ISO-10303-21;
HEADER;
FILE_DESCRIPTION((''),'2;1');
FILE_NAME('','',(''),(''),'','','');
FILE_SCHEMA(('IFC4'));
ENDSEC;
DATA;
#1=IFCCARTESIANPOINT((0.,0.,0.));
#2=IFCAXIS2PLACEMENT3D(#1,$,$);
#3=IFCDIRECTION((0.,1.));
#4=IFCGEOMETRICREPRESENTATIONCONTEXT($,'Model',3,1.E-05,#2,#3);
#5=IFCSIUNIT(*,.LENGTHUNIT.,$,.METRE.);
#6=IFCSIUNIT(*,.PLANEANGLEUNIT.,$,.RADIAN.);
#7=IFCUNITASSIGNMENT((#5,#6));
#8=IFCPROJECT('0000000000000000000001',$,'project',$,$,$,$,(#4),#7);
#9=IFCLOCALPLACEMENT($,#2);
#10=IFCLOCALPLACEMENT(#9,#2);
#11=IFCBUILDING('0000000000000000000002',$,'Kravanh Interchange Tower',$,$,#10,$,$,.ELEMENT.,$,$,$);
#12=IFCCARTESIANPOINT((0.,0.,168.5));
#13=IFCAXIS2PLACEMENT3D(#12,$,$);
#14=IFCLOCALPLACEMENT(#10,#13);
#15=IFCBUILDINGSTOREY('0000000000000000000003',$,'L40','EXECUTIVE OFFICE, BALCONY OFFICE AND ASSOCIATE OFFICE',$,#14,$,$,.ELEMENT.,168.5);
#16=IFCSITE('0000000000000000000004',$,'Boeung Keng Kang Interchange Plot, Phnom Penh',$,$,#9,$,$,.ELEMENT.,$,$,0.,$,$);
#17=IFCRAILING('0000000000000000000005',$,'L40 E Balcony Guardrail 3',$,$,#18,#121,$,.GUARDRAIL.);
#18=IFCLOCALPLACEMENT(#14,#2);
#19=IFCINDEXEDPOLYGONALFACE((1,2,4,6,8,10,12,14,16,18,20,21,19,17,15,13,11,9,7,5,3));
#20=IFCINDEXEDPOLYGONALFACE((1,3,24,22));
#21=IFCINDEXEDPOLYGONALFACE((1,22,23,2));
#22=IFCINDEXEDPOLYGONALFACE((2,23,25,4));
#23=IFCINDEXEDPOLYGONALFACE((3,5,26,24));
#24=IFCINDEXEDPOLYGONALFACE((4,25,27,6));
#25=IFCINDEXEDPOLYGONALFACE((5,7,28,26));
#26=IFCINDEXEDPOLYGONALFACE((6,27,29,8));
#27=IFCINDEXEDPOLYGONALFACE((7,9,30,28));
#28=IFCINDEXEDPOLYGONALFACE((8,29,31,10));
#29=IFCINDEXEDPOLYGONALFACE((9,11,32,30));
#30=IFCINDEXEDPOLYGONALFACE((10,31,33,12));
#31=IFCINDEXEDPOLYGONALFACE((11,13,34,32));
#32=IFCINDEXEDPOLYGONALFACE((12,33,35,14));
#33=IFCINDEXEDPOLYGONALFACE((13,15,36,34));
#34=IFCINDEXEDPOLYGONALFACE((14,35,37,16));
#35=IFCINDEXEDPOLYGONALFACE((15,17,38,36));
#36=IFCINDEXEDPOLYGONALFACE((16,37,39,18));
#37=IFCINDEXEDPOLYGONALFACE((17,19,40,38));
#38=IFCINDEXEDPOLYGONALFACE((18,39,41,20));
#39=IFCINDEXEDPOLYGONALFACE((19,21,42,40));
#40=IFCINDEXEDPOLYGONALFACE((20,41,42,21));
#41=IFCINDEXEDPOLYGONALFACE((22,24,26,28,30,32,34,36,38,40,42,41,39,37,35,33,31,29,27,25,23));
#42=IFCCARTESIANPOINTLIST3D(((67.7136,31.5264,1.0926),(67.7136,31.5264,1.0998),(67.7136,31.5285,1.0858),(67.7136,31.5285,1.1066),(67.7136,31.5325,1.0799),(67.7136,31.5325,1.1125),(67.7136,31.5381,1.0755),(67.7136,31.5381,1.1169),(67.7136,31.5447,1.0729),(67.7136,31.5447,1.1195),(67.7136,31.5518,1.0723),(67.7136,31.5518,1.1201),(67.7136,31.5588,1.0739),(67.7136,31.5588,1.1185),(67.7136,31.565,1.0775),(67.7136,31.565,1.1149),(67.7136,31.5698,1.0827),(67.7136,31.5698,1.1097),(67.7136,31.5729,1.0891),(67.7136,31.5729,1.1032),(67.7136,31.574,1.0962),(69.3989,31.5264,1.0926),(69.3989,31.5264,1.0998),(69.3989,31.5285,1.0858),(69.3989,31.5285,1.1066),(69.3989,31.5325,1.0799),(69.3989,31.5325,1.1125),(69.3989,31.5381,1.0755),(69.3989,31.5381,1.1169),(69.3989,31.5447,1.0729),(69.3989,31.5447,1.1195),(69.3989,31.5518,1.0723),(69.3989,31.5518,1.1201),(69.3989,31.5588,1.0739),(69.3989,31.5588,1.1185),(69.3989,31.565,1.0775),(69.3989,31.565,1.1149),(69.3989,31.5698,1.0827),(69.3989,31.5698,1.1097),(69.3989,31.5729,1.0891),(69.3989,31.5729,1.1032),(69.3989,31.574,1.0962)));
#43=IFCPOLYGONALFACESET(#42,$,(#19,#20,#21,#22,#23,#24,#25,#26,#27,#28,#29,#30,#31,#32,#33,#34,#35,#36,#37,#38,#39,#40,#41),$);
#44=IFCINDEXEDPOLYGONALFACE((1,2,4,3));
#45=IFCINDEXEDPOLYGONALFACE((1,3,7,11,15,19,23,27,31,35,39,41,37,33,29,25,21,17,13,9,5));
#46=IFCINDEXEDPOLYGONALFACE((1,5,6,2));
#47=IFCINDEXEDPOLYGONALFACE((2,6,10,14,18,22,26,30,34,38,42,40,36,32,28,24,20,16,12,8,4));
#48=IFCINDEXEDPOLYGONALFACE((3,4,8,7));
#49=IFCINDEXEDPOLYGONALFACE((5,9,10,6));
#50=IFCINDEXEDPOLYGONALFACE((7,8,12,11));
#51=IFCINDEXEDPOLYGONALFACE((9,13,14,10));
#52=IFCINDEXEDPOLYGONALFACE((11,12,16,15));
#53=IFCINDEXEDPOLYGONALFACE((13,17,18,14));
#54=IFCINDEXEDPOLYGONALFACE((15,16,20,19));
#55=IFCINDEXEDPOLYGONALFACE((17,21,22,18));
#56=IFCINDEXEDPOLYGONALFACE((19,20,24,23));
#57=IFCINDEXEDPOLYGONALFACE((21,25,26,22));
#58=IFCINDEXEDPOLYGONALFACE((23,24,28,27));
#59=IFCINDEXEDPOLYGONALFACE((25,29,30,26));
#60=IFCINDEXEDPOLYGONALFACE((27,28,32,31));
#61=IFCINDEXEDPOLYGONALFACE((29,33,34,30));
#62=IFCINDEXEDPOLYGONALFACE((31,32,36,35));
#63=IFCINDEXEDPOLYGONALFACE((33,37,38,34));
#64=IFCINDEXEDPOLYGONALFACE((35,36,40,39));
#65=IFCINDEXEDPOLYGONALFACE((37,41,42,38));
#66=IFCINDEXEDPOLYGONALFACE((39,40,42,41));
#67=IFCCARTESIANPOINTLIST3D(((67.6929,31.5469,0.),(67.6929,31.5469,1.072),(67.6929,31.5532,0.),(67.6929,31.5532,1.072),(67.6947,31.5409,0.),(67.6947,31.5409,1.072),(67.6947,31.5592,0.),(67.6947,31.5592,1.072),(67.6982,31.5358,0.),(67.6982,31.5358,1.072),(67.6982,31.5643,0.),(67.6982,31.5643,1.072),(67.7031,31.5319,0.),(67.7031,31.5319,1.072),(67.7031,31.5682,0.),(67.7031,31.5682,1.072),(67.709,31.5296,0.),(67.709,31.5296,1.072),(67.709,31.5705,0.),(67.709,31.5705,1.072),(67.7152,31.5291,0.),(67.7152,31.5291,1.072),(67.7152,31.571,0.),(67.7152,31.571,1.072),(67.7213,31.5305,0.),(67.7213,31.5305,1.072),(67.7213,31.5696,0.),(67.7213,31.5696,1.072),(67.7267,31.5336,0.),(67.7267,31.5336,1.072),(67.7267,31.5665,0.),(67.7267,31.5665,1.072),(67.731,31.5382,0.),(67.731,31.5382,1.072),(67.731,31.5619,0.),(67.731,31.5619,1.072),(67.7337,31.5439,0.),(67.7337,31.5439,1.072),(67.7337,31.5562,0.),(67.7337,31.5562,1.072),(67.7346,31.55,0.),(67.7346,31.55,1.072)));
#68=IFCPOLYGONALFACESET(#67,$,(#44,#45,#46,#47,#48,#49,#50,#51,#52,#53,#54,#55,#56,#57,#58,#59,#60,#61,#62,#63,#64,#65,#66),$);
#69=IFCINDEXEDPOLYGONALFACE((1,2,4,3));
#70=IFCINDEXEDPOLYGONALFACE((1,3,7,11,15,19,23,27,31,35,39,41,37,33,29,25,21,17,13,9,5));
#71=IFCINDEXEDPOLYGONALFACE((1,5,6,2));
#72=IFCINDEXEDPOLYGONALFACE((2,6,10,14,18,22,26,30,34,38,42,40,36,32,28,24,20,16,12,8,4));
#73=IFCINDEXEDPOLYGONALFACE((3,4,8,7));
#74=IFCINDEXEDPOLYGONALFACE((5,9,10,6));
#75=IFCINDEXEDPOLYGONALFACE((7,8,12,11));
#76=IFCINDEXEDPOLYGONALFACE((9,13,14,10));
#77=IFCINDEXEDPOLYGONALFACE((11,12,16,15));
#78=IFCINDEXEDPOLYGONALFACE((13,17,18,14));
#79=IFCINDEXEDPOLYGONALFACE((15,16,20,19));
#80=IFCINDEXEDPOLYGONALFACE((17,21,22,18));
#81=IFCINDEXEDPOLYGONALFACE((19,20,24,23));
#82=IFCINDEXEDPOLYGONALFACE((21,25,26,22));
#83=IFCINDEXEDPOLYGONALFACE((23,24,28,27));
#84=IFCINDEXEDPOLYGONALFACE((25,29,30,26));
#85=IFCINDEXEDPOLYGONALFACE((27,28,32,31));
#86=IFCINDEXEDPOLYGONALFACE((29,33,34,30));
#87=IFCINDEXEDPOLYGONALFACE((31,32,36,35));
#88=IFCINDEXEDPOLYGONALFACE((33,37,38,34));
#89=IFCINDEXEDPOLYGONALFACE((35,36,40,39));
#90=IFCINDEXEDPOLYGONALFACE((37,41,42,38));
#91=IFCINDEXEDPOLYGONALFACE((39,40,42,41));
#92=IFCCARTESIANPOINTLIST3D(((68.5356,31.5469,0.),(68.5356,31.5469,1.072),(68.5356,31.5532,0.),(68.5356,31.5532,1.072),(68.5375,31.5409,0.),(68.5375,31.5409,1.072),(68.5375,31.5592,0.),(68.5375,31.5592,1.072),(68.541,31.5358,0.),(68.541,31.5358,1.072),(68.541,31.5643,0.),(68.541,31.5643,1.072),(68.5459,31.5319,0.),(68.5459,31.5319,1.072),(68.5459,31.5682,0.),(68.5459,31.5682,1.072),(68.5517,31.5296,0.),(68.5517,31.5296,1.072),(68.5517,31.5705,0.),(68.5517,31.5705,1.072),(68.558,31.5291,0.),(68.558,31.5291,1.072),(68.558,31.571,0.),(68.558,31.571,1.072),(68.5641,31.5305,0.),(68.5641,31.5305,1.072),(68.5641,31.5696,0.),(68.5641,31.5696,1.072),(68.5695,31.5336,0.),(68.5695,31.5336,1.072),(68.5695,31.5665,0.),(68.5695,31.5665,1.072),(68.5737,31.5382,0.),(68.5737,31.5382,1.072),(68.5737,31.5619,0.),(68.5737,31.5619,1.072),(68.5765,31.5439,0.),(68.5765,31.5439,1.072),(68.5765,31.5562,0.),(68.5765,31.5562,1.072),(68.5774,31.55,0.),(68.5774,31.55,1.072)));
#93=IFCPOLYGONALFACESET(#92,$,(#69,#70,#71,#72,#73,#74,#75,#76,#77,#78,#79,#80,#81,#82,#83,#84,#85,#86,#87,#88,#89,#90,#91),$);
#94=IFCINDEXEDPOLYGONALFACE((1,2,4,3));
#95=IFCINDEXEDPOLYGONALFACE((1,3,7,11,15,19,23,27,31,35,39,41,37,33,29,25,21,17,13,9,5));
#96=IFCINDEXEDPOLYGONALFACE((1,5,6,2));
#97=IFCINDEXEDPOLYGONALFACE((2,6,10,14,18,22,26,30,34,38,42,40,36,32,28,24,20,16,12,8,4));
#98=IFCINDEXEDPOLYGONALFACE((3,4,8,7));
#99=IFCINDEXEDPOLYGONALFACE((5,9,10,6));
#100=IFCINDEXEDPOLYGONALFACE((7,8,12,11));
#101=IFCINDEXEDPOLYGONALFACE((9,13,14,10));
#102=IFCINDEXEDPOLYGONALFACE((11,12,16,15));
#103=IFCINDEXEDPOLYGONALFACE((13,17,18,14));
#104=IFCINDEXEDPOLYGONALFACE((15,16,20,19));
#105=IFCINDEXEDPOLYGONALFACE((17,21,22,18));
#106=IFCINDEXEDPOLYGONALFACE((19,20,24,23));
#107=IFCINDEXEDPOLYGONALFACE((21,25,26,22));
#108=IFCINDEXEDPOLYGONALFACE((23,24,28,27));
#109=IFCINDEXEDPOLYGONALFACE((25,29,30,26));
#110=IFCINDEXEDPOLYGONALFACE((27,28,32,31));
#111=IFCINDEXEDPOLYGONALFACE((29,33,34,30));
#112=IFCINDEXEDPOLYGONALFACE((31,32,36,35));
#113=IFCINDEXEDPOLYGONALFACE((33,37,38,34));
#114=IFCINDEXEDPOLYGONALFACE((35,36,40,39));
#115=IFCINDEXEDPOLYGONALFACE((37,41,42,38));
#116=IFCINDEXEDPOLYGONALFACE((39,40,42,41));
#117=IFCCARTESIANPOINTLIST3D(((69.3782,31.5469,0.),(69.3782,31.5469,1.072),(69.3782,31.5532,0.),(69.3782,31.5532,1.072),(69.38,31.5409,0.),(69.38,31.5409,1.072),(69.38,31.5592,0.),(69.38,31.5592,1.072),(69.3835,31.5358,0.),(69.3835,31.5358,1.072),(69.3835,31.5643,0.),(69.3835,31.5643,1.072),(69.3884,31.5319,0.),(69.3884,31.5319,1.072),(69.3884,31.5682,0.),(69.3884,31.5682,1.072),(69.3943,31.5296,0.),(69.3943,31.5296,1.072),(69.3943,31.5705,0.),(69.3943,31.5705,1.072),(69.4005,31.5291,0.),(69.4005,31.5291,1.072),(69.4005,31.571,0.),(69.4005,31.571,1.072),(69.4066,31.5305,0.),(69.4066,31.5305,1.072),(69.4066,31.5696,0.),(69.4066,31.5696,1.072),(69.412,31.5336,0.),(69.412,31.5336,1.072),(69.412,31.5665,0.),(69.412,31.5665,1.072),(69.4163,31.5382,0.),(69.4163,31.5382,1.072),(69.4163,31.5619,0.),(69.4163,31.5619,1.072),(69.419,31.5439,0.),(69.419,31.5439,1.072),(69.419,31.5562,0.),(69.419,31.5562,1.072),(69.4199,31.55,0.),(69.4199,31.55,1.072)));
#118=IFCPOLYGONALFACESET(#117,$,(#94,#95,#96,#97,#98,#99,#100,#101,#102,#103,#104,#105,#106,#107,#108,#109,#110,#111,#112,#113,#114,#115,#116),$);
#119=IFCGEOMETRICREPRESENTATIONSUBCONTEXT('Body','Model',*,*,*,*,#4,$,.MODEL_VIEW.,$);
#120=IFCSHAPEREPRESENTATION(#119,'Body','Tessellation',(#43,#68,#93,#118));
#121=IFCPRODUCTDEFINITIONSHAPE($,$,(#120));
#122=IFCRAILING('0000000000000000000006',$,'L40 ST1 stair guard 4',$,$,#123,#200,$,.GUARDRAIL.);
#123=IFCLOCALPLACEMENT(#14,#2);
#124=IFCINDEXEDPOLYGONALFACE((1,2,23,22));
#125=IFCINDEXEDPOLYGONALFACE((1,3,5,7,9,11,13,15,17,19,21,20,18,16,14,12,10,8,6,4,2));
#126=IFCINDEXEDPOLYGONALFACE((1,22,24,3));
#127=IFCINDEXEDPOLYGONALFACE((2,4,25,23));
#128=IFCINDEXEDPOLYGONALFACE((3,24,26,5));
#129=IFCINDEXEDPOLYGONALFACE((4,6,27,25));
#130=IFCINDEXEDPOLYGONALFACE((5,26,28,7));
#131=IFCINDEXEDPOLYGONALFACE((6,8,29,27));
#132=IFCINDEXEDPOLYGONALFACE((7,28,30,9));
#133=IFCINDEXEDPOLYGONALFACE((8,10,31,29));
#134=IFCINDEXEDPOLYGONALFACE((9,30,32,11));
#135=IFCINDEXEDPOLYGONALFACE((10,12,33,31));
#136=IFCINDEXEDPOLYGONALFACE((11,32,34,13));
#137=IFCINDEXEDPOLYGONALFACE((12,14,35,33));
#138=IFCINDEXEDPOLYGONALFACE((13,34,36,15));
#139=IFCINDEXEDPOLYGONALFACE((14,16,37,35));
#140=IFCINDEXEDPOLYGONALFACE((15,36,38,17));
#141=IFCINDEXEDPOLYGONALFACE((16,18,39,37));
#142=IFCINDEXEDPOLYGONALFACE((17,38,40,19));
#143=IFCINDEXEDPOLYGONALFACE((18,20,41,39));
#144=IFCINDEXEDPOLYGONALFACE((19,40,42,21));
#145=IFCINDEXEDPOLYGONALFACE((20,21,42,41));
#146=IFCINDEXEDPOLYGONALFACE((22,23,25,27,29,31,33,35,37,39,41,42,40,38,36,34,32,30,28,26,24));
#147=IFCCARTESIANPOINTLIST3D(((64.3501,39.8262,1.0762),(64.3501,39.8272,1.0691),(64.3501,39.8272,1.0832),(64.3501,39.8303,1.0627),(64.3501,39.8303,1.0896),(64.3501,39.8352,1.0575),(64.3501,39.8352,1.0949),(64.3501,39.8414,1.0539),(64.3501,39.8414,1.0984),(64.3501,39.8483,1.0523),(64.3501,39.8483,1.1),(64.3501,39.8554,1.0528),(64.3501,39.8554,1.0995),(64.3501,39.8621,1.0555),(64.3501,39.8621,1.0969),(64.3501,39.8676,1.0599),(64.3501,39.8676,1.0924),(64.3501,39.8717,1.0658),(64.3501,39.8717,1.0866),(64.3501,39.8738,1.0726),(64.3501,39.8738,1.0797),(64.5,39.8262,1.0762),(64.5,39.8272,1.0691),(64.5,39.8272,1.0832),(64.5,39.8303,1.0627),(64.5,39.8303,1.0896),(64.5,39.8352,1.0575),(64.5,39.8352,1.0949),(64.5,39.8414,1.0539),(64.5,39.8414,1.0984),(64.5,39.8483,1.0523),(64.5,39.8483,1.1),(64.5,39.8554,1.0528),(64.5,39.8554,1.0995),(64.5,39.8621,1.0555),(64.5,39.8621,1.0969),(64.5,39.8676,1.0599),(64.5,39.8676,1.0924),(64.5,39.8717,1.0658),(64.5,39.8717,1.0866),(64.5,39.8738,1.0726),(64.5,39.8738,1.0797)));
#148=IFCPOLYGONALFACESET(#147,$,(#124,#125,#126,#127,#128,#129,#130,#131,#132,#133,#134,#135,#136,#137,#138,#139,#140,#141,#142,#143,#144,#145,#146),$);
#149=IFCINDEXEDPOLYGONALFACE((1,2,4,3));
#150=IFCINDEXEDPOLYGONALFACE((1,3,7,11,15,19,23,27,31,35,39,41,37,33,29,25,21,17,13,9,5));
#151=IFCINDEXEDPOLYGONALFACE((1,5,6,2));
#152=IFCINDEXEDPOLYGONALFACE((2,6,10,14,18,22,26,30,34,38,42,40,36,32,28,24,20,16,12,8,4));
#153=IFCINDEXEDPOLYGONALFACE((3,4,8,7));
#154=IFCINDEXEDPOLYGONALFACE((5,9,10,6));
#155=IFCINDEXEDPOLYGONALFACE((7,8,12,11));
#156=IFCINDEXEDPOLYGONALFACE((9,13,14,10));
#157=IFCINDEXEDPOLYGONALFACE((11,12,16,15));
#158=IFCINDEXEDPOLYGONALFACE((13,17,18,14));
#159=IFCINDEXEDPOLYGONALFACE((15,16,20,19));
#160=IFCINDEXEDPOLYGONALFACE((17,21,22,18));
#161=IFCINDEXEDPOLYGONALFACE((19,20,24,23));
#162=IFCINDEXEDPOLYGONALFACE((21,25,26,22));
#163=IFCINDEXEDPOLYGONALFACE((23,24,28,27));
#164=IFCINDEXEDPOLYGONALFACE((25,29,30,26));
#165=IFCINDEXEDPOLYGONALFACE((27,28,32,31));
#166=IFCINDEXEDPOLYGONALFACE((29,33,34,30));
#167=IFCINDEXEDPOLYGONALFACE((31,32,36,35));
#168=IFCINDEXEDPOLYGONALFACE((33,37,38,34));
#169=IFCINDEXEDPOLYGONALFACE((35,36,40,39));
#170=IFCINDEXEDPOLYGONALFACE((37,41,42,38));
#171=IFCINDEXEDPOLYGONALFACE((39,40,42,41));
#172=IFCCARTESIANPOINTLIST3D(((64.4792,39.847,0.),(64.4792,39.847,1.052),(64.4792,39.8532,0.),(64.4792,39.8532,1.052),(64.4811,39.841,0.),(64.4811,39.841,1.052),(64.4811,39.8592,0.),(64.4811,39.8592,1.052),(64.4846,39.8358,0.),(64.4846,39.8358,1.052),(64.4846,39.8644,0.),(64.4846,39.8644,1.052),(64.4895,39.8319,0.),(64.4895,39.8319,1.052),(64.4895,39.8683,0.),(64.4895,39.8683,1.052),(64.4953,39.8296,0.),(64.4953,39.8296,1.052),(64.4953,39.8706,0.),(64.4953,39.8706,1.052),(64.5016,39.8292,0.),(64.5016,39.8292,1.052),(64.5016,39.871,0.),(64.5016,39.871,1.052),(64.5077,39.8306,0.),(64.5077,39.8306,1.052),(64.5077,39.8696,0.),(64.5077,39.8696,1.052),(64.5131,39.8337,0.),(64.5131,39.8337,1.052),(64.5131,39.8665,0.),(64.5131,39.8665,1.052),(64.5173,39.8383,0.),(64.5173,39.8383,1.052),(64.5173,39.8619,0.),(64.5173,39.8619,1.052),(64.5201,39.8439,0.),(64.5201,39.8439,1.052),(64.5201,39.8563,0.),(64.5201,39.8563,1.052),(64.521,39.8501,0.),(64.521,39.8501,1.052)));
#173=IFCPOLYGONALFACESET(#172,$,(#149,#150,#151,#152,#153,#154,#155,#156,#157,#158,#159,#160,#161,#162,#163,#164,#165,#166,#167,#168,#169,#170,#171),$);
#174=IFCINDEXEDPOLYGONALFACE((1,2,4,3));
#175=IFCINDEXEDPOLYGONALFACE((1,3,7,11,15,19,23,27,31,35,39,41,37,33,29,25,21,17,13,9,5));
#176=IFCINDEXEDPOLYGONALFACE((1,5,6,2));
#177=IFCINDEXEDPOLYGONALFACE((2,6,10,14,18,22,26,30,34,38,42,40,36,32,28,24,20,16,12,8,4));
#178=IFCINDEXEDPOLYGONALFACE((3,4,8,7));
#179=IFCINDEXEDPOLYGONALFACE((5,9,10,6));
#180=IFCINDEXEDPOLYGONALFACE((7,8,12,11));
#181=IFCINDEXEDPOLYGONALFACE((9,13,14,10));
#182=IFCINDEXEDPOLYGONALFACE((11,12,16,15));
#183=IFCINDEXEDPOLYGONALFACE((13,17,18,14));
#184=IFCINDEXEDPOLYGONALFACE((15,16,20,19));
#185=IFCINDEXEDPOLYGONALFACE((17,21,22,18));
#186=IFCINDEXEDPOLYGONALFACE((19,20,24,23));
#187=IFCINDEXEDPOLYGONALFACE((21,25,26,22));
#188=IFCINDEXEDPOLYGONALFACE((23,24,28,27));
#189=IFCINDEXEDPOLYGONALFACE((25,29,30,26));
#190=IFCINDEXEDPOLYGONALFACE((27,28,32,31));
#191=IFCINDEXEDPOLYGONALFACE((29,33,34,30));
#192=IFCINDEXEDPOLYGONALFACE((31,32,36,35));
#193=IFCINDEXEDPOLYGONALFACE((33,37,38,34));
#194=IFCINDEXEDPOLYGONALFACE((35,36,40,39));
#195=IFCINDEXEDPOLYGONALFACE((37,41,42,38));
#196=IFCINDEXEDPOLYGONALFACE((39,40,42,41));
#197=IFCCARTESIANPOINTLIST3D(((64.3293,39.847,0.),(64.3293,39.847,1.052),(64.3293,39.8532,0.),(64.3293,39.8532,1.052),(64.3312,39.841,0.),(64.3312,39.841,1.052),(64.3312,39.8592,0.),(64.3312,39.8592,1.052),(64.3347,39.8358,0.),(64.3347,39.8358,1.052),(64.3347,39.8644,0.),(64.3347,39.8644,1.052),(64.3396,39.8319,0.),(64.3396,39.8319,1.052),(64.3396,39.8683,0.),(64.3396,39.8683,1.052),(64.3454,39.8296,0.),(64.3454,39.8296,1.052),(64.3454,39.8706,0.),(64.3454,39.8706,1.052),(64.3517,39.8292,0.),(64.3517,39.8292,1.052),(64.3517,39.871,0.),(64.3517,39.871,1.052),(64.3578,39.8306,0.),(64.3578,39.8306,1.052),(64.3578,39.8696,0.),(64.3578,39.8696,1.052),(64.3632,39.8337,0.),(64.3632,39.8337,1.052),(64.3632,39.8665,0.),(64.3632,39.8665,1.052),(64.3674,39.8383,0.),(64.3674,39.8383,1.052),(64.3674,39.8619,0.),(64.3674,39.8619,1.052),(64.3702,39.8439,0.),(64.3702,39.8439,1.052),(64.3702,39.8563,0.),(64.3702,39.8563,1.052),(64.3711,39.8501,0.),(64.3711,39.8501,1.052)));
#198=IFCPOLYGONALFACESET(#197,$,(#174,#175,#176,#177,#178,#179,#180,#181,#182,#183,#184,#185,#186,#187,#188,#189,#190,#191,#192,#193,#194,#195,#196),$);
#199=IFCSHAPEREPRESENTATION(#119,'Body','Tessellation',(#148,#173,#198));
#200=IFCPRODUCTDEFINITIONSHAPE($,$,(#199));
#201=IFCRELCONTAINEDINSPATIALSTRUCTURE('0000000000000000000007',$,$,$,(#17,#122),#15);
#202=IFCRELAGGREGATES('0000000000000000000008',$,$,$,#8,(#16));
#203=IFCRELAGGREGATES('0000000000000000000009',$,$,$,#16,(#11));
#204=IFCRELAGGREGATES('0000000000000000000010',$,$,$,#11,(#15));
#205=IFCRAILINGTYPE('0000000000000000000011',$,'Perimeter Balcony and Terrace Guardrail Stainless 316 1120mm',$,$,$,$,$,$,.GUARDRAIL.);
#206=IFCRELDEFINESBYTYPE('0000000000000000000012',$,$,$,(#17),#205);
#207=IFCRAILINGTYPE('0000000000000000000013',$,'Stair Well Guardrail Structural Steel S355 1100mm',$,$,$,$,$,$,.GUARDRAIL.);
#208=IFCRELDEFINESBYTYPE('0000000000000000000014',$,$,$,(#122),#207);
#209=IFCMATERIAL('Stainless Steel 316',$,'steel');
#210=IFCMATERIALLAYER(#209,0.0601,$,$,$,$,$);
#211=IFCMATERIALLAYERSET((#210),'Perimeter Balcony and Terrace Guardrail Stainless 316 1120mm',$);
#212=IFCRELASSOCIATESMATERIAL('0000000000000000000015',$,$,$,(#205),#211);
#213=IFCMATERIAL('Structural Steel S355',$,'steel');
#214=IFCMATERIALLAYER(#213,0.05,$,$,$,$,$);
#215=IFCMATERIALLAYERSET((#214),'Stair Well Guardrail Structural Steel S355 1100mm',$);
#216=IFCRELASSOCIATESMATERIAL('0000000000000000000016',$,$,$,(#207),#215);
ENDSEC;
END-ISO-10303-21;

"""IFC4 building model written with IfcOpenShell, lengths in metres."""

from ifc_helpers import new_model, si_unit, direction, frame, origin, origin_2d, place, context, subcontext, project, spatial, circle, extrude, material, layer, layer_set, type_object, element, save


model = new_model("IFC4")

# Units and contexts
model_context = context("Model", 3, precision=1e-05, world=origin(), true_north=direction((0.0, 1.0)))
body_context = subcontext(model_context, "Body", "Model", "MODEL_VIEW")
ifc_project = project(units=[si_unit("LENGTHUNIT", "METRE"), si_unit("PLANEANGLEUNIT", "RADIAN")], contexts=[model_context])

# Site, building, storey
site_placement = place(None, origin())
site = spatial("IfcSite", under=ifc_project, at=site_placement, Name="Boeung Keng Kang Interchange Plot, Phnom Penh", CompositionType="ELEMENT", RefElevation=0.0)
building_placement = place(site_placement, origin())
building = spatial("IfcBuilding", under=site, at=building_placement, Name="Kravanh Interchange Tower", CompositionType="ELEMENT")
storey_placement = place(building_placement, frame((0.0, 0.0, 168.5)))
storey = spatial("IfcBuildingStorey", under=building, at=storey_placement, Name="L40", Description="EXECUTIVE OFFICE, BALCONY OFFICE AND ASSOCIATE OFFICE", CompositionType="ELEMENT", Elevation=168.5)

# Railings
ifc_material_1 = material(Name="Stainless Steel 316", Category="steel")
ifc_layer_1 = layer(ifc_material_1, 0.0601)
ifc_layer_set_1 = layer_set([ifc_layer_1], Name="Perimeter Balcony and Terrace Guardrail Stainless 316 1120mm")
railing_type_1 = type_object("IfcRailingType", Name="Perimeter Balcony and Terrace Guardrail Stainless 316 1120mm", PredefinedType="GUARDRAIL", material=ifc_layer_set_1)
railing_1_placement = place(storey_placement, frame((67.7136, 31.55, 0.0)))
element("IfcRailing", 1, at=railing_1_placement, inside=storey, type_object=railing_type_1, Name="L40 E Balcony Guardrail 3", PredefinedType="GUARDRAIL", context=body_context, shape_type="SweptSolid", body=[
    extrude(circle(Radius=0.0239, at=origin_2d()), frame((0.0, 0.0, 1.0962), z_axis=(1.0, 0.0, 0.0), x_axis=(0.0, 1.0, 0.0)), (0.0, 0.0, 1.0), 1.6853),
    extrude(circle(Radius=0.021, at=origin_2d()), origin(), (0.0, 0.0, 1.0), 1.072),
    extrude(circle(Radius=0.021, at=origin_2d()), frame((0.8428, 0.0, 0.0)), (0.0, 0.0, 1.0), 1.072),
    extrude(circle(Radius=0.021, at=origin_2d()), frame((1.6853, 0.0, 0.0)), (0.0, 0.0, 1.0), 1.072),
])
ifc_material_2 = material(Name="Structural Steel S355", Category="steel")
ifc_layer_2 = layer(ifc_material_2, 0.05)
ifc_layer_set_2 = layer_set([ifc_layer_2], Name="Stair Well Guardrail Structural Steel S355 1100mm")
railing_type_2 = type_object("IfcRailingType", Name="Stair Well Guardrail Structural Steel S355 1100mm", PredefinedType="GUARDRAIL", material=ifc_layer_set_2)
railing_2_placement = place(storey_placement, frame((64.5, 39.8501, 0.0)))
element("IfcRailing", 2, at=railing_2_placement, inside=storey, type_object=railing_type_2, Name="L40 ST1 stair guard 4", PredefinedType="GUARDRAIL", context=body_context, shape_type="SweptSolid", body=[
    extrude(circle(Radius=0.0239, at=origin_2d()), frame((0.0, 0.0, 1.0762), z_axis=(-1.0, 0.0, 0.0), x_axis=(0.0, -1.0, 0.0)), (0.0, 0.0, 1.0), 0.1499),
    extrude(circle(Radius=0.021, at=origin_2d()), origin(), (0.0, 0.0, 1.0), 1.052),
    extrude(circle(Radius=0.021, at=origin_2d()), frame((-0.1499, 0.0, 0.0)), (0.0, 0.0, 1.0), 1.052),
])

save(model, "model.ifc")
